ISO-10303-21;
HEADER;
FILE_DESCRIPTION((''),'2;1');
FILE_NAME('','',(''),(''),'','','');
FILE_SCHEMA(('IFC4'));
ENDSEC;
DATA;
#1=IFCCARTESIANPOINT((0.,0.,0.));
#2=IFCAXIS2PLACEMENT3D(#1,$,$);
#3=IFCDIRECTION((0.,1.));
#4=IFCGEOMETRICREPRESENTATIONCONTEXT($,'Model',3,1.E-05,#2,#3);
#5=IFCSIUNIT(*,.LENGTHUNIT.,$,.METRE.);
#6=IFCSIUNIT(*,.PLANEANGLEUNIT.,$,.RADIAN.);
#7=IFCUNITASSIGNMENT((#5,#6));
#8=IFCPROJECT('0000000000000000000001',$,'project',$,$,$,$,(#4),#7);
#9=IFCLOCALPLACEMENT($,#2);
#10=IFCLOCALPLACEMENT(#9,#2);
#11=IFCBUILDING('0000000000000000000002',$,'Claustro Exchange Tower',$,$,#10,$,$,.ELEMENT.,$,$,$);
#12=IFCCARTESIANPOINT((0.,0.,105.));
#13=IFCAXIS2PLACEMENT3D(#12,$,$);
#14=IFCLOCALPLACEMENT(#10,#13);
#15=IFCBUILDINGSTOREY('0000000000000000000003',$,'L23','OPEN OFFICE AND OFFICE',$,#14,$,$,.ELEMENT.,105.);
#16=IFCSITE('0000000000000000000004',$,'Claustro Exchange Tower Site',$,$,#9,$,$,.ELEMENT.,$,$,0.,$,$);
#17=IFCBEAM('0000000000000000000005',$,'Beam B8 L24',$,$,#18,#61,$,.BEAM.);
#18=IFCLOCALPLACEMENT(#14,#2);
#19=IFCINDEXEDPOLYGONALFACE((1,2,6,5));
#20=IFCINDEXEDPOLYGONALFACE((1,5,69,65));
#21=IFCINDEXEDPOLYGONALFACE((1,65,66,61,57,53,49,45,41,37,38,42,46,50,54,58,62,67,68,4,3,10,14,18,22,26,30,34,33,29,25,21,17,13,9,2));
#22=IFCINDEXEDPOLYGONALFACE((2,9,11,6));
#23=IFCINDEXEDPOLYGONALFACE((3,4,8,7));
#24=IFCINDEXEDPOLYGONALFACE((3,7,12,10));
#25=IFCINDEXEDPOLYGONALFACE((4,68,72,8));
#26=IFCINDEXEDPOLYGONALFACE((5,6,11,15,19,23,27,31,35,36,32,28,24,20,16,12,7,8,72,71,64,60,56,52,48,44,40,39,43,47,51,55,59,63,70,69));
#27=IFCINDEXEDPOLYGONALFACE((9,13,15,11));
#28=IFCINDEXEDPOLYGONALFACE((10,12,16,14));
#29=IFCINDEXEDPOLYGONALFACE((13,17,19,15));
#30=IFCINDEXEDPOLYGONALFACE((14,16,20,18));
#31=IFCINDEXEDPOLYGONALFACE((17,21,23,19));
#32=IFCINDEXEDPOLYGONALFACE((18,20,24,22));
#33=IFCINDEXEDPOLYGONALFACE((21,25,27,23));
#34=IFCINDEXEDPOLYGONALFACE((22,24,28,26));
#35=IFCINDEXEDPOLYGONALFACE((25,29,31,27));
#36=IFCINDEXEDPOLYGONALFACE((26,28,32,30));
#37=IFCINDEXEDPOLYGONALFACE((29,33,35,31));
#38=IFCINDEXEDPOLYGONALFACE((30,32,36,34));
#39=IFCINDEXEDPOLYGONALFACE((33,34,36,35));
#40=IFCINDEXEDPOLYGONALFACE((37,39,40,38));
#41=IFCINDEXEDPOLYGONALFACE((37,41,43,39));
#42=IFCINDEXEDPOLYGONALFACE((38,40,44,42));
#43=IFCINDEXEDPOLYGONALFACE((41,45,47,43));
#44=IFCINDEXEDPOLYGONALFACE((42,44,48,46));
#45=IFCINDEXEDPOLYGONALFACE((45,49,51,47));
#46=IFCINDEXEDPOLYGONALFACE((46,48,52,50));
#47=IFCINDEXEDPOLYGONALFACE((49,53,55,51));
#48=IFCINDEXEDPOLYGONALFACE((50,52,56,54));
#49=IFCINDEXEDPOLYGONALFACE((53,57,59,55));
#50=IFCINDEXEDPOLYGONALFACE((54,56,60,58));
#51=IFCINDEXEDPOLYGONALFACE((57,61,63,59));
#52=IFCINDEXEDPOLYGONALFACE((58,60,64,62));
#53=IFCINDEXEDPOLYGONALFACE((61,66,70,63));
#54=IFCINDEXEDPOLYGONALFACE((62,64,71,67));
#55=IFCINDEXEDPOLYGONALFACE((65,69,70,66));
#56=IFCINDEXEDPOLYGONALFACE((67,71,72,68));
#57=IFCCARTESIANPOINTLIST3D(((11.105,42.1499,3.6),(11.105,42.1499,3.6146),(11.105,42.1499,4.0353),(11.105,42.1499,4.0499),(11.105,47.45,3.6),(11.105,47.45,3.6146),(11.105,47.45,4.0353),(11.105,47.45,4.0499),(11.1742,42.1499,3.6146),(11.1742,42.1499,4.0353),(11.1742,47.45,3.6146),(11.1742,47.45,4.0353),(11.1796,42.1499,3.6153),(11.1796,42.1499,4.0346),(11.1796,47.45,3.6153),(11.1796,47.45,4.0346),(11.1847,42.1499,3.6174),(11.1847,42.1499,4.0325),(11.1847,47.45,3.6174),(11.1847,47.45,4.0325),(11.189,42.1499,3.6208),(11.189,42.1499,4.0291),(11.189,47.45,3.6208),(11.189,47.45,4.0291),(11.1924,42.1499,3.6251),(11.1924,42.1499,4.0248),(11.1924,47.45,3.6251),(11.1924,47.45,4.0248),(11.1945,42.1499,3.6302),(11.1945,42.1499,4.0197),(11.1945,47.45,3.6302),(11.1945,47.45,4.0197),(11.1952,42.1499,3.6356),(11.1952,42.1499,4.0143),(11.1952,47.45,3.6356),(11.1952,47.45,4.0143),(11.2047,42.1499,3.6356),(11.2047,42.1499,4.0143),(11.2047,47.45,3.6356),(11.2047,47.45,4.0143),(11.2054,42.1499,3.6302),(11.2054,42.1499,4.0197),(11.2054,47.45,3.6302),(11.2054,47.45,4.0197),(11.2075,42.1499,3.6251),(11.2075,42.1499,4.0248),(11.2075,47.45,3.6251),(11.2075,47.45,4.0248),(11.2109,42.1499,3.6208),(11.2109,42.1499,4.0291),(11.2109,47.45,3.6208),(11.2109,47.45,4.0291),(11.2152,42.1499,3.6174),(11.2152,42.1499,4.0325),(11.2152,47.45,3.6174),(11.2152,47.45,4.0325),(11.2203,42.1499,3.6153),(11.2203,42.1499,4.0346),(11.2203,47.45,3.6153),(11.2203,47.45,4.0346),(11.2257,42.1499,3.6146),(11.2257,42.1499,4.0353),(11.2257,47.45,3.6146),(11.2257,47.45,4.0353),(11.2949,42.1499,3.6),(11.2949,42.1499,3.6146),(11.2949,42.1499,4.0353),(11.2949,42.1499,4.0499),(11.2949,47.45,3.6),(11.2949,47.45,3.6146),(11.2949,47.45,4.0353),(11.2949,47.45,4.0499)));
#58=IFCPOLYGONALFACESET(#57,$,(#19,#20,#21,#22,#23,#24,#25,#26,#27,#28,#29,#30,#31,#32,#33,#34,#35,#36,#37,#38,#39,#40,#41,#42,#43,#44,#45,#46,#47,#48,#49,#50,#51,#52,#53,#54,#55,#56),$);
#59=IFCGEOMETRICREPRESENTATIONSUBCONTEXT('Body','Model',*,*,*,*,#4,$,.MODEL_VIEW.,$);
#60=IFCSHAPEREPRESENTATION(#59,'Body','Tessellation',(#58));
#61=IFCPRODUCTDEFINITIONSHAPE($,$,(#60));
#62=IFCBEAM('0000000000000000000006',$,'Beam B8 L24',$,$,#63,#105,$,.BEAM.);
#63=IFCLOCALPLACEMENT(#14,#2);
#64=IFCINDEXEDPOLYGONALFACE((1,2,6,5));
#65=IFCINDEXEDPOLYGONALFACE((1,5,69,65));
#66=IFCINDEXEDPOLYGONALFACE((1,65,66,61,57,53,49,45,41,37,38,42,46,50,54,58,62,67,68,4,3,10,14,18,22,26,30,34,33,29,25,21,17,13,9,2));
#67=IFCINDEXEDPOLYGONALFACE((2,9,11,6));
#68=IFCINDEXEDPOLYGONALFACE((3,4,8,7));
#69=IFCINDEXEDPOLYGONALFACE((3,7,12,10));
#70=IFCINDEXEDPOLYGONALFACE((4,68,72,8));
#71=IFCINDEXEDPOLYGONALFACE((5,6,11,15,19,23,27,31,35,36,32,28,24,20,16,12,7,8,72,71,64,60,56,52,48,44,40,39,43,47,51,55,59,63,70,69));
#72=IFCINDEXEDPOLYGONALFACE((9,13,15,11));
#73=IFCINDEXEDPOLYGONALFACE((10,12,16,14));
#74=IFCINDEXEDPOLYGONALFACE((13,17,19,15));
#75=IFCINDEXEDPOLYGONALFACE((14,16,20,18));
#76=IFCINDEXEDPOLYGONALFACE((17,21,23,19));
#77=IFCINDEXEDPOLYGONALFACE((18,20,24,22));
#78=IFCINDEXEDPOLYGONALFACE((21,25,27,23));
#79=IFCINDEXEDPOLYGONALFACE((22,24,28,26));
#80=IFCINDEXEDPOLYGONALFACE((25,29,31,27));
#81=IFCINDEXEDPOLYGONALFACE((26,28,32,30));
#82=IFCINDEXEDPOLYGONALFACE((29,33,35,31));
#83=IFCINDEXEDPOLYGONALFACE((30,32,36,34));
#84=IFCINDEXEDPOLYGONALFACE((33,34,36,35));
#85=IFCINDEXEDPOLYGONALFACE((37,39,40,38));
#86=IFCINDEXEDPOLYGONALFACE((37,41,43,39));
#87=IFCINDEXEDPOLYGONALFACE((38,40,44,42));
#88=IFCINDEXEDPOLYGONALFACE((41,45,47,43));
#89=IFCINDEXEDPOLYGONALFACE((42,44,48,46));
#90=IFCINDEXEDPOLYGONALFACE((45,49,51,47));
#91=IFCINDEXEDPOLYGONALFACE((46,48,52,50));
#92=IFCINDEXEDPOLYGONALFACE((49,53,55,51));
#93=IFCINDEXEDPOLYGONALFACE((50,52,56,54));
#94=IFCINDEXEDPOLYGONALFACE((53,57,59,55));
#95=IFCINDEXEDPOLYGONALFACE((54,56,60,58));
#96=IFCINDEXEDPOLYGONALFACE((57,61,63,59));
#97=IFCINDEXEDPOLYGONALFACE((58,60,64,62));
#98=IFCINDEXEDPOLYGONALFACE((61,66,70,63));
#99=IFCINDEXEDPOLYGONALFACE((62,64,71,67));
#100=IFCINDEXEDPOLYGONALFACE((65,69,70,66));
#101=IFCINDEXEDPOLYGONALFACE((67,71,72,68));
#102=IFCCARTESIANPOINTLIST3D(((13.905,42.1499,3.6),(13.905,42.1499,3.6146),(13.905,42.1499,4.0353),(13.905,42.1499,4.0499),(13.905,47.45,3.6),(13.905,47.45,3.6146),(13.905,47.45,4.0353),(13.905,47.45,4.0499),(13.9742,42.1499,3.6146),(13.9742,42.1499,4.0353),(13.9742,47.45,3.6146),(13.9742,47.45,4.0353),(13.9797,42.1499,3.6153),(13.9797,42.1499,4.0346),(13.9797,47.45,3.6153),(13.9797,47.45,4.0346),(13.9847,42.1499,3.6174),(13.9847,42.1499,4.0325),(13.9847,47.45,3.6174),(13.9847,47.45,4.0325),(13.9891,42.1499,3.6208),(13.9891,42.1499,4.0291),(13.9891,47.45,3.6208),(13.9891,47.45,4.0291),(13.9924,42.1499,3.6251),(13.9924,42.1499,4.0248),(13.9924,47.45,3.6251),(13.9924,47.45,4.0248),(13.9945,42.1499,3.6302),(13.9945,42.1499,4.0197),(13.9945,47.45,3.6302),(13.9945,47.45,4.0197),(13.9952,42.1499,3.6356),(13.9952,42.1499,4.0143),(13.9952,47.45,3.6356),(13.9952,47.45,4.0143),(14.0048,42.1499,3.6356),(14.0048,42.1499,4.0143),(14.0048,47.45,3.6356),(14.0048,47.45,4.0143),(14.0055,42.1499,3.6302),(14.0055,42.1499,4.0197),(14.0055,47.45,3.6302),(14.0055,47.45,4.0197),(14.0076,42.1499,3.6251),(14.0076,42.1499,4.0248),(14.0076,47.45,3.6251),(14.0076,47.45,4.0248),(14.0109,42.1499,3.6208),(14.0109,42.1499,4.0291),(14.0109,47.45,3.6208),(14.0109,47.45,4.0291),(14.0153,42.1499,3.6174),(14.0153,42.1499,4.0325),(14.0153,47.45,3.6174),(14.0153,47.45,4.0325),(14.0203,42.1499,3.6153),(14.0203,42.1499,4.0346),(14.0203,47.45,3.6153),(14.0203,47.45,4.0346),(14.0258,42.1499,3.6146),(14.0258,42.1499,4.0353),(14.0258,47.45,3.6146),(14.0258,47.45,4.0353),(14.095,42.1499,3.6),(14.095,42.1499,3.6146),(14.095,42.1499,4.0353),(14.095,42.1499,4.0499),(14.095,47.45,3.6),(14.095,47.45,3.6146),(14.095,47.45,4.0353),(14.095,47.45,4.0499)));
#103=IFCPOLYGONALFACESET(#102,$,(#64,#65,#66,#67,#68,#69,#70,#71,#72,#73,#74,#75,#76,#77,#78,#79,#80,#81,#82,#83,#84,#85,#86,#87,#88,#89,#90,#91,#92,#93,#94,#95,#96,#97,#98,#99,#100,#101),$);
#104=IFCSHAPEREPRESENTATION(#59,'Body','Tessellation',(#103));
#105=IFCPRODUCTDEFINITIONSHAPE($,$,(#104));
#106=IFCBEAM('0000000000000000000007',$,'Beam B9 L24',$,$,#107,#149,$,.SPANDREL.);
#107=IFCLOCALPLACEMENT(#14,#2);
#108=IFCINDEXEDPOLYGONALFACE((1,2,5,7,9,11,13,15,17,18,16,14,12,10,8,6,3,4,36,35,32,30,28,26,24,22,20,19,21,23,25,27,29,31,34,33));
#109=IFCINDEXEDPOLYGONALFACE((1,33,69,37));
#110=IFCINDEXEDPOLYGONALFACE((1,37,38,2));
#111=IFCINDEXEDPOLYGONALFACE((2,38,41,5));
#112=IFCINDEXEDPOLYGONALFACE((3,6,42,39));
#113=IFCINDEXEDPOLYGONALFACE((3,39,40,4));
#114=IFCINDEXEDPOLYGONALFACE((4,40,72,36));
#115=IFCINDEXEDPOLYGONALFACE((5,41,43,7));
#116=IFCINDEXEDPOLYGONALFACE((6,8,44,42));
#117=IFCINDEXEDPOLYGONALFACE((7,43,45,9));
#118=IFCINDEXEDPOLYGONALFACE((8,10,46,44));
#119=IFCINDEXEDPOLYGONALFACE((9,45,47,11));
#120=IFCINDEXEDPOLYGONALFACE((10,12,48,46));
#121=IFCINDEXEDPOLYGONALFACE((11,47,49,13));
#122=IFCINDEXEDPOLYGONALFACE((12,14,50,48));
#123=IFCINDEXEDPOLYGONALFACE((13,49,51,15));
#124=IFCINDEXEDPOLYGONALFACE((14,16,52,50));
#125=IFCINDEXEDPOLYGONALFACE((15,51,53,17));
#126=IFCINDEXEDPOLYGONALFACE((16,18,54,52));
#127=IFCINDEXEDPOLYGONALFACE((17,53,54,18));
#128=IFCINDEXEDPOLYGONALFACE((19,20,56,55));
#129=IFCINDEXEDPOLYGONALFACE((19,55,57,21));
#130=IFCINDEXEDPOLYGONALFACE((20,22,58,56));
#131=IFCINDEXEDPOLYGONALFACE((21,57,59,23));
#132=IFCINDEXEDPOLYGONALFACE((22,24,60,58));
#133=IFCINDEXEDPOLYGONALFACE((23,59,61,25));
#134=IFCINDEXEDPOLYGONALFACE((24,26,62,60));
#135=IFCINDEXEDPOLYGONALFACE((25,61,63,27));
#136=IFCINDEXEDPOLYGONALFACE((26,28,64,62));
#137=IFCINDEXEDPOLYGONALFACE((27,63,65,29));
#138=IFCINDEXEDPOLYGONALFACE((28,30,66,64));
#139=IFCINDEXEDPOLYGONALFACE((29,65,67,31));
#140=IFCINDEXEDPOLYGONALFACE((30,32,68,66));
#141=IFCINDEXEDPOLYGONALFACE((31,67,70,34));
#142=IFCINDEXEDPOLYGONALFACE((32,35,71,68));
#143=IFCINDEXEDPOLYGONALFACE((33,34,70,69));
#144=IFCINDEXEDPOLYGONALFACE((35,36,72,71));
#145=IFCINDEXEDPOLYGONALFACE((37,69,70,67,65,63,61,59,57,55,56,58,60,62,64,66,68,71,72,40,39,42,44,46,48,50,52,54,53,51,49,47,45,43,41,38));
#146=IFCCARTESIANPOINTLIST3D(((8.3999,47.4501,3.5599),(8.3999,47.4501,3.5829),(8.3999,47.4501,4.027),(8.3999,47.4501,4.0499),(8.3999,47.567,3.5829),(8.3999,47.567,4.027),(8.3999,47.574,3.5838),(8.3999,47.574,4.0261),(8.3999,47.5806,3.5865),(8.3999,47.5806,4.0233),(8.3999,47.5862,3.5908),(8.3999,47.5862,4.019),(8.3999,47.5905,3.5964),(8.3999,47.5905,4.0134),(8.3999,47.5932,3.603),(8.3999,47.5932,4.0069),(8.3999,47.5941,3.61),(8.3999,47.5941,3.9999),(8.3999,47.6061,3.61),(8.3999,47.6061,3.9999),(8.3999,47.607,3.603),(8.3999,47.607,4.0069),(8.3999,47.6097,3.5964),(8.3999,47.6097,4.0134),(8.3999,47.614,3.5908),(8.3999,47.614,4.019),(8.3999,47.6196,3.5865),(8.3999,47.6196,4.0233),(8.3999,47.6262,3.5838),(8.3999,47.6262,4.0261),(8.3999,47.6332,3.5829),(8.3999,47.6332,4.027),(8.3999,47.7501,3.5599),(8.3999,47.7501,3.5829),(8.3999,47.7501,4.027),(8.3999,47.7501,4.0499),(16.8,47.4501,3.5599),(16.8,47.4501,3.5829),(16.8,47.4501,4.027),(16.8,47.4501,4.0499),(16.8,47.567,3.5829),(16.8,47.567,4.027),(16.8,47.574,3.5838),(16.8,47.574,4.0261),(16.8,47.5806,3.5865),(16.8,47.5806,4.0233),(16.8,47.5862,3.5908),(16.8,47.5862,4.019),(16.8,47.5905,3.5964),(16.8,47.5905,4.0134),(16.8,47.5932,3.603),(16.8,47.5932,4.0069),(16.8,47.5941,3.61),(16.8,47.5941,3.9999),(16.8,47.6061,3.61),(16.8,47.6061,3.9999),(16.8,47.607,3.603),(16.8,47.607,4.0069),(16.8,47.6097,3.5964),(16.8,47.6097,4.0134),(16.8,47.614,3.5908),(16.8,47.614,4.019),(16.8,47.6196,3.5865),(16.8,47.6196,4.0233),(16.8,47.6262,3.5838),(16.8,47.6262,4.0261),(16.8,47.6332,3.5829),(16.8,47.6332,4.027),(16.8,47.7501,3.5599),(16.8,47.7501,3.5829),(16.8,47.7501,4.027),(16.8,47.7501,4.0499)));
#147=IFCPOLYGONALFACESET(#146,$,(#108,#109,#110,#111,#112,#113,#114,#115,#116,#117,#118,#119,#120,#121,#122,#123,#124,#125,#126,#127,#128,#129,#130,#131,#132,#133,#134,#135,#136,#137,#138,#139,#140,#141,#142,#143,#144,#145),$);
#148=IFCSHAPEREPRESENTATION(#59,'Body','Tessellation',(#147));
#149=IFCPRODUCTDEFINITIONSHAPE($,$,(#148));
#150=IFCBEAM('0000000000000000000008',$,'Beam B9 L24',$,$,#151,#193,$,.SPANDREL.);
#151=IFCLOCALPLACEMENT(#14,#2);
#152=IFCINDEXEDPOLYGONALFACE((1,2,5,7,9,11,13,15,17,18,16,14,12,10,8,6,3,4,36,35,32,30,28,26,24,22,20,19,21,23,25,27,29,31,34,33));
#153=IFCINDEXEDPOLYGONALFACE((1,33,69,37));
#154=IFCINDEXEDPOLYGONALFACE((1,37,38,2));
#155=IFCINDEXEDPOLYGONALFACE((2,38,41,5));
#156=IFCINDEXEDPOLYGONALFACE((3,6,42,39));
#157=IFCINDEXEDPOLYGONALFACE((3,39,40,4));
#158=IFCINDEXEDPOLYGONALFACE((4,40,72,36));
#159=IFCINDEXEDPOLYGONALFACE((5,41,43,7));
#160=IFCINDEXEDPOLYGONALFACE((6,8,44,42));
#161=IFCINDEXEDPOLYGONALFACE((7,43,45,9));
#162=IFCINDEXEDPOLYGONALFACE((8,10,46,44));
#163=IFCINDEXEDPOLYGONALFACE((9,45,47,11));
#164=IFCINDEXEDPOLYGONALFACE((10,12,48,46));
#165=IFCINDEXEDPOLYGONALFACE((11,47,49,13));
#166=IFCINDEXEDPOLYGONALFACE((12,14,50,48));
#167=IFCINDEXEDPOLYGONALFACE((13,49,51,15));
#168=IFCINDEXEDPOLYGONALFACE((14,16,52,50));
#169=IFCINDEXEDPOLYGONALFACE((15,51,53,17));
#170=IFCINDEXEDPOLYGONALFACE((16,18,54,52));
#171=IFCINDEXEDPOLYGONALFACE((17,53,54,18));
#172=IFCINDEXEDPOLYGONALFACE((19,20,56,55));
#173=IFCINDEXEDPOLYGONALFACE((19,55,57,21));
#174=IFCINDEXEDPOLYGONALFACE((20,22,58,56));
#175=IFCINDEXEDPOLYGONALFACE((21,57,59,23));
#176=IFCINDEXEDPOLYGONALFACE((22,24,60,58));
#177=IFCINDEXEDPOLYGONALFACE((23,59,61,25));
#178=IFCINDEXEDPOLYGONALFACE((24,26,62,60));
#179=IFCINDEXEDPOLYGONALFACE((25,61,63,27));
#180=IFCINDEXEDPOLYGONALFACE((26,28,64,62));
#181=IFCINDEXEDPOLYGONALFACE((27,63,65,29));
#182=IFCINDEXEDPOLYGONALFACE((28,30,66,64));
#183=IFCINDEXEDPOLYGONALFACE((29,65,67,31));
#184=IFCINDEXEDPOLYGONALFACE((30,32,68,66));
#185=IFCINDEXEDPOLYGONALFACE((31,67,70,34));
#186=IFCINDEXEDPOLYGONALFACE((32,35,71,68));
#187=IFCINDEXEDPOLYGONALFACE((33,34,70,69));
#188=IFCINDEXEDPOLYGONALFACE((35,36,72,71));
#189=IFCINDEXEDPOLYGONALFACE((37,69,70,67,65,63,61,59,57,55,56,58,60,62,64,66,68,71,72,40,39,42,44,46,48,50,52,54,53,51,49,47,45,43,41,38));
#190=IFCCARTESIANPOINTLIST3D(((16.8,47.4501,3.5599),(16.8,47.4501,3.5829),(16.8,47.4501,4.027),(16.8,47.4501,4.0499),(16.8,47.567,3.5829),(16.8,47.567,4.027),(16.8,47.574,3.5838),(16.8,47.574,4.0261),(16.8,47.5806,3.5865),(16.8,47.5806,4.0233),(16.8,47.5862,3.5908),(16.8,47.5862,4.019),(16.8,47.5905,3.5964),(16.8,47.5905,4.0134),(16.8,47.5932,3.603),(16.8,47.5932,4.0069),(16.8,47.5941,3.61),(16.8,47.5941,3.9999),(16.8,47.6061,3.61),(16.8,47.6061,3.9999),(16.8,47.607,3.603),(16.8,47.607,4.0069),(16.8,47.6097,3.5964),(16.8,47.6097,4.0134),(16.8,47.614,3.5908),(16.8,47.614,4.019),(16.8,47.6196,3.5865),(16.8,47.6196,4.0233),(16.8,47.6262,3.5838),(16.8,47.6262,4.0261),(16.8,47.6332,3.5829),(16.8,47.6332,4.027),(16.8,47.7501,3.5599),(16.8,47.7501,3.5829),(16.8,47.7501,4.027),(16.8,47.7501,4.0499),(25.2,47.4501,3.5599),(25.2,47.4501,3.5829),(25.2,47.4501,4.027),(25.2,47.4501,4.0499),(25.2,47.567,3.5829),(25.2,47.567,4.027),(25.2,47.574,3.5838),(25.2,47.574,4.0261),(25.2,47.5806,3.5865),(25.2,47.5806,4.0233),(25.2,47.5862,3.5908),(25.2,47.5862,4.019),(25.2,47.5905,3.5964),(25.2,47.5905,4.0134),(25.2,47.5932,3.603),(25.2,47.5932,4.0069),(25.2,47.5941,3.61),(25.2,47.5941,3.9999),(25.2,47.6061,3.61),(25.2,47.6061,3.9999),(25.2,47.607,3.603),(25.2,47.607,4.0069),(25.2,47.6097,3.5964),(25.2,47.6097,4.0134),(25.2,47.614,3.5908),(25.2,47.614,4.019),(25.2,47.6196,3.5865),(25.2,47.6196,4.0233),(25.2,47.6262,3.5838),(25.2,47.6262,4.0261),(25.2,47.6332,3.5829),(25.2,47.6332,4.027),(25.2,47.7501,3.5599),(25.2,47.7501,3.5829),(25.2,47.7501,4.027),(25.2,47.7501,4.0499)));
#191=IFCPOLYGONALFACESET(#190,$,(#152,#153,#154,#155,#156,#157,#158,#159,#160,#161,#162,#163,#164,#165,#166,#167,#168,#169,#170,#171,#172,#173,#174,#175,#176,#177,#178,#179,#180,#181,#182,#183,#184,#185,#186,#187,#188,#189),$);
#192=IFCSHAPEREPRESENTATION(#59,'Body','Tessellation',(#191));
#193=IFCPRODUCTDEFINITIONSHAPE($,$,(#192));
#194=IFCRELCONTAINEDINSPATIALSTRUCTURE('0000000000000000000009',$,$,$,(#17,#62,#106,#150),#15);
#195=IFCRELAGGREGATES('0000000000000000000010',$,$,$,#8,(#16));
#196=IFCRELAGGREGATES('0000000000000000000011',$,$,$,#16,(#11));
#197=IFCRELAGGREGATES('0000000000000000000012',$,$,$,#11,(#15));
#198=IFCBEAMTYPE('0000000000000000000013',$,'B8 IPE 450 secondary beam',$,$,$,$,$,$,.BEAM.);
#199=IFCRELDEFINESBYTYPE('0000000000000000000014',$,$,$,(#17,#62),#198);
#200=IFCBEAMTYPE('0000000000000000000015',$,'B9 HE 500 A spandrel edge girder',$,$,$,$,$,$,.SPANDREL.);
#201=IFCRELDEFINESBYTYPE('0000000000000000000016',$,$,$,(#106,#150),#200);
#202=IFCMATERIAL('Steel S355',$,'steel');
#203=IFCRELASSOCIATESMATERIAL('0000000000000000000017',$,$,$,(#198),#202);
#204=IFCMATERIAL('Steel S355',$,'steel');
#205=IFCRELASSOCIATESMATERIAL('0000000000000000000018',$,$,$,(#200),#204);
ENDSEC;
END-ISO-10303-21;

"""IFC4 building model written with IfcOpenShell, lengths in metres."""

from ifc_helpers import new_model, si_unit, direction, frame, origin, origin_2d, place, context, subcontext, project, spatial, i_section, extrude, material, material_profile, profile_set, type_object, element, save


model = new_model("IFC4")

# Units and contexts
model_context = context("Model", 3, precision=1e-05, world=origin(), true_north=direction((0.0, 1.0)))
body_context = subcontext(model_context, "Body", "Model", "MODEL_VIEW")
ifc_project = project(units=[si_unit("LENGTHUNIT", "METRE"), si_unit("PLANEANGLEUNIT", "RADIAN")], contexts=[model_context])

# Site, building, storey
site_placement = place(None, origin())
site = spatial("IfcSite", under=ifc_project, at=site_placement, Name="Claustro Exchange Tower Site", CompositionType="ELEMENT", RefElevation=0.0)
building_placement = place(site_placement, origin())
building = spatial("IfcBuilding", under=site, at=building_placement, Name="Claustro Exchange Tower", CompositionType="ELEMENT")
storey_placement = place(building_placement, frame((0.0, 0.0, 105.0)))
storey = spatial("IfcBuildingStorey", under=building, at=storey_placement, Name="L23", Description="OPEN OFFICE AND OFFICE", CompositionType="ELEMENT", Elevation=105.0)

# Beams
ifc_material_1 = material(Name="Steel S355", Category="steel")
ifc_material_profile_1 = material_profile(ifc_material_1, i_section(OverallWidth=0.1899, OverallDepth=0.45, WebThickness=0.0095, FlangeThickness=0.0146, FilletRadius=0.021, at=origin_2d()), Name="IPE 450")
ifc_profile_set_1 = profile_set([ifc_material_profile_1], Name="Steel S355")
beam_type_1 = type_object("IfcBeamType", Name="B8 IPE 450 secondary beam", PredefinedType="BEAM", material=ifc_profile_set_1)
for number, where, z_axis, x_axis, name in (
    (1, (11.2, 42.1499, 3.825), (0.0, 1.0, 0.0), (-1.0, 0.0, 0.0), "Beam B8 L24"),
    (2, (14.0, 42.1499, 3.825), (0.0, 1.0, 0.0), (-1.0, 0.0, 0.0), "Beam B8 L24"),
):
    element("IfcBeam", number, at=place(storey_placement, frame(where, z_axis=z_axis, x_axis=x_axis)), inside=storey, type_object=beam_type_1, Name=name, PredefinedType="BEAM", context=body_context, shape_type="SweptSolid", body=[
        extrude(i_section(OverallWidth=0.1899, OverallDepth=0.45, WebThickness=0.0095, FlangeThickness=0.0146, FilletRadius=0.021, at=origin_2d()), origin(), (0.0, 0.0, 1.0), 5.3),
    ])
ifc_material_2 = material(Name="Steel S355", Category="steel")
ifc_material_profile_2 = material_profile(ifc_material_2, i_section(OverallWidth=0.3, OverallDepth=0.49, WebThickness=0.012, FlangeThickness=0.0229, FilletRadius=0.0271, at=origin_2d()), Name="HE 500 A")
ifc_profile_set_2 = profile_set([ifc_material_profile_2], Name="Steel S355")
beam_type_2 = type_object("IfcBeamType", Name="B9 HE 500 A spandrel edge girder", PredefinedType="SPANDREL", material=ifc_profile_set_2)
beam_1_placement = place(storey_placement, frame((8.3999, 47.6001, 3.8049), z_axis=(1.0, 0.0, 0.0), x_axis=(0.0, 1.0, 0.0)))
element("IfcBeam", 3, at=beam_1_placement, inside=storey, type_object=beam_type_2, Name="Beam B9 L24", PredefinedType="SPANDREL", context=body_context, shape_type="SweptSolid", body=[
    extrude(i_section(OverallWidth=0.3, OverallDepth=0.49, WebThickness=0.012, FlangeThickness=0.0229, FilletRadius=0.0271, at=origin_2d()), origin(), (0.0, 0.0, 1.0), 8.4001),
])
beam_2_placement = place(storey_placement, frame((16.8, 47.6001, 3.8049), z_axis=(1.0, 0.0, 0.0), x_axis=(0.0, 1.0, 0.0)))
element("IfcBeam", 4, at=beam_2_placement, inside=storey, type_object=beam_type_2, Name="Beam B9 L24", PredefinedType="SPANDREL", context=body_context, shape_type="SweptSolid", body=[
    extrude(i_section(OverallWidth=0.3, OverallDepth=0.49, WebThickness=0.012, FlangeThickness=0.0229, FilletRadius=0.0271, at=origin_2d()), origin(), (0.0, 0.0, 1.0), 8.3999),
])

save(model, "model.ifc")
